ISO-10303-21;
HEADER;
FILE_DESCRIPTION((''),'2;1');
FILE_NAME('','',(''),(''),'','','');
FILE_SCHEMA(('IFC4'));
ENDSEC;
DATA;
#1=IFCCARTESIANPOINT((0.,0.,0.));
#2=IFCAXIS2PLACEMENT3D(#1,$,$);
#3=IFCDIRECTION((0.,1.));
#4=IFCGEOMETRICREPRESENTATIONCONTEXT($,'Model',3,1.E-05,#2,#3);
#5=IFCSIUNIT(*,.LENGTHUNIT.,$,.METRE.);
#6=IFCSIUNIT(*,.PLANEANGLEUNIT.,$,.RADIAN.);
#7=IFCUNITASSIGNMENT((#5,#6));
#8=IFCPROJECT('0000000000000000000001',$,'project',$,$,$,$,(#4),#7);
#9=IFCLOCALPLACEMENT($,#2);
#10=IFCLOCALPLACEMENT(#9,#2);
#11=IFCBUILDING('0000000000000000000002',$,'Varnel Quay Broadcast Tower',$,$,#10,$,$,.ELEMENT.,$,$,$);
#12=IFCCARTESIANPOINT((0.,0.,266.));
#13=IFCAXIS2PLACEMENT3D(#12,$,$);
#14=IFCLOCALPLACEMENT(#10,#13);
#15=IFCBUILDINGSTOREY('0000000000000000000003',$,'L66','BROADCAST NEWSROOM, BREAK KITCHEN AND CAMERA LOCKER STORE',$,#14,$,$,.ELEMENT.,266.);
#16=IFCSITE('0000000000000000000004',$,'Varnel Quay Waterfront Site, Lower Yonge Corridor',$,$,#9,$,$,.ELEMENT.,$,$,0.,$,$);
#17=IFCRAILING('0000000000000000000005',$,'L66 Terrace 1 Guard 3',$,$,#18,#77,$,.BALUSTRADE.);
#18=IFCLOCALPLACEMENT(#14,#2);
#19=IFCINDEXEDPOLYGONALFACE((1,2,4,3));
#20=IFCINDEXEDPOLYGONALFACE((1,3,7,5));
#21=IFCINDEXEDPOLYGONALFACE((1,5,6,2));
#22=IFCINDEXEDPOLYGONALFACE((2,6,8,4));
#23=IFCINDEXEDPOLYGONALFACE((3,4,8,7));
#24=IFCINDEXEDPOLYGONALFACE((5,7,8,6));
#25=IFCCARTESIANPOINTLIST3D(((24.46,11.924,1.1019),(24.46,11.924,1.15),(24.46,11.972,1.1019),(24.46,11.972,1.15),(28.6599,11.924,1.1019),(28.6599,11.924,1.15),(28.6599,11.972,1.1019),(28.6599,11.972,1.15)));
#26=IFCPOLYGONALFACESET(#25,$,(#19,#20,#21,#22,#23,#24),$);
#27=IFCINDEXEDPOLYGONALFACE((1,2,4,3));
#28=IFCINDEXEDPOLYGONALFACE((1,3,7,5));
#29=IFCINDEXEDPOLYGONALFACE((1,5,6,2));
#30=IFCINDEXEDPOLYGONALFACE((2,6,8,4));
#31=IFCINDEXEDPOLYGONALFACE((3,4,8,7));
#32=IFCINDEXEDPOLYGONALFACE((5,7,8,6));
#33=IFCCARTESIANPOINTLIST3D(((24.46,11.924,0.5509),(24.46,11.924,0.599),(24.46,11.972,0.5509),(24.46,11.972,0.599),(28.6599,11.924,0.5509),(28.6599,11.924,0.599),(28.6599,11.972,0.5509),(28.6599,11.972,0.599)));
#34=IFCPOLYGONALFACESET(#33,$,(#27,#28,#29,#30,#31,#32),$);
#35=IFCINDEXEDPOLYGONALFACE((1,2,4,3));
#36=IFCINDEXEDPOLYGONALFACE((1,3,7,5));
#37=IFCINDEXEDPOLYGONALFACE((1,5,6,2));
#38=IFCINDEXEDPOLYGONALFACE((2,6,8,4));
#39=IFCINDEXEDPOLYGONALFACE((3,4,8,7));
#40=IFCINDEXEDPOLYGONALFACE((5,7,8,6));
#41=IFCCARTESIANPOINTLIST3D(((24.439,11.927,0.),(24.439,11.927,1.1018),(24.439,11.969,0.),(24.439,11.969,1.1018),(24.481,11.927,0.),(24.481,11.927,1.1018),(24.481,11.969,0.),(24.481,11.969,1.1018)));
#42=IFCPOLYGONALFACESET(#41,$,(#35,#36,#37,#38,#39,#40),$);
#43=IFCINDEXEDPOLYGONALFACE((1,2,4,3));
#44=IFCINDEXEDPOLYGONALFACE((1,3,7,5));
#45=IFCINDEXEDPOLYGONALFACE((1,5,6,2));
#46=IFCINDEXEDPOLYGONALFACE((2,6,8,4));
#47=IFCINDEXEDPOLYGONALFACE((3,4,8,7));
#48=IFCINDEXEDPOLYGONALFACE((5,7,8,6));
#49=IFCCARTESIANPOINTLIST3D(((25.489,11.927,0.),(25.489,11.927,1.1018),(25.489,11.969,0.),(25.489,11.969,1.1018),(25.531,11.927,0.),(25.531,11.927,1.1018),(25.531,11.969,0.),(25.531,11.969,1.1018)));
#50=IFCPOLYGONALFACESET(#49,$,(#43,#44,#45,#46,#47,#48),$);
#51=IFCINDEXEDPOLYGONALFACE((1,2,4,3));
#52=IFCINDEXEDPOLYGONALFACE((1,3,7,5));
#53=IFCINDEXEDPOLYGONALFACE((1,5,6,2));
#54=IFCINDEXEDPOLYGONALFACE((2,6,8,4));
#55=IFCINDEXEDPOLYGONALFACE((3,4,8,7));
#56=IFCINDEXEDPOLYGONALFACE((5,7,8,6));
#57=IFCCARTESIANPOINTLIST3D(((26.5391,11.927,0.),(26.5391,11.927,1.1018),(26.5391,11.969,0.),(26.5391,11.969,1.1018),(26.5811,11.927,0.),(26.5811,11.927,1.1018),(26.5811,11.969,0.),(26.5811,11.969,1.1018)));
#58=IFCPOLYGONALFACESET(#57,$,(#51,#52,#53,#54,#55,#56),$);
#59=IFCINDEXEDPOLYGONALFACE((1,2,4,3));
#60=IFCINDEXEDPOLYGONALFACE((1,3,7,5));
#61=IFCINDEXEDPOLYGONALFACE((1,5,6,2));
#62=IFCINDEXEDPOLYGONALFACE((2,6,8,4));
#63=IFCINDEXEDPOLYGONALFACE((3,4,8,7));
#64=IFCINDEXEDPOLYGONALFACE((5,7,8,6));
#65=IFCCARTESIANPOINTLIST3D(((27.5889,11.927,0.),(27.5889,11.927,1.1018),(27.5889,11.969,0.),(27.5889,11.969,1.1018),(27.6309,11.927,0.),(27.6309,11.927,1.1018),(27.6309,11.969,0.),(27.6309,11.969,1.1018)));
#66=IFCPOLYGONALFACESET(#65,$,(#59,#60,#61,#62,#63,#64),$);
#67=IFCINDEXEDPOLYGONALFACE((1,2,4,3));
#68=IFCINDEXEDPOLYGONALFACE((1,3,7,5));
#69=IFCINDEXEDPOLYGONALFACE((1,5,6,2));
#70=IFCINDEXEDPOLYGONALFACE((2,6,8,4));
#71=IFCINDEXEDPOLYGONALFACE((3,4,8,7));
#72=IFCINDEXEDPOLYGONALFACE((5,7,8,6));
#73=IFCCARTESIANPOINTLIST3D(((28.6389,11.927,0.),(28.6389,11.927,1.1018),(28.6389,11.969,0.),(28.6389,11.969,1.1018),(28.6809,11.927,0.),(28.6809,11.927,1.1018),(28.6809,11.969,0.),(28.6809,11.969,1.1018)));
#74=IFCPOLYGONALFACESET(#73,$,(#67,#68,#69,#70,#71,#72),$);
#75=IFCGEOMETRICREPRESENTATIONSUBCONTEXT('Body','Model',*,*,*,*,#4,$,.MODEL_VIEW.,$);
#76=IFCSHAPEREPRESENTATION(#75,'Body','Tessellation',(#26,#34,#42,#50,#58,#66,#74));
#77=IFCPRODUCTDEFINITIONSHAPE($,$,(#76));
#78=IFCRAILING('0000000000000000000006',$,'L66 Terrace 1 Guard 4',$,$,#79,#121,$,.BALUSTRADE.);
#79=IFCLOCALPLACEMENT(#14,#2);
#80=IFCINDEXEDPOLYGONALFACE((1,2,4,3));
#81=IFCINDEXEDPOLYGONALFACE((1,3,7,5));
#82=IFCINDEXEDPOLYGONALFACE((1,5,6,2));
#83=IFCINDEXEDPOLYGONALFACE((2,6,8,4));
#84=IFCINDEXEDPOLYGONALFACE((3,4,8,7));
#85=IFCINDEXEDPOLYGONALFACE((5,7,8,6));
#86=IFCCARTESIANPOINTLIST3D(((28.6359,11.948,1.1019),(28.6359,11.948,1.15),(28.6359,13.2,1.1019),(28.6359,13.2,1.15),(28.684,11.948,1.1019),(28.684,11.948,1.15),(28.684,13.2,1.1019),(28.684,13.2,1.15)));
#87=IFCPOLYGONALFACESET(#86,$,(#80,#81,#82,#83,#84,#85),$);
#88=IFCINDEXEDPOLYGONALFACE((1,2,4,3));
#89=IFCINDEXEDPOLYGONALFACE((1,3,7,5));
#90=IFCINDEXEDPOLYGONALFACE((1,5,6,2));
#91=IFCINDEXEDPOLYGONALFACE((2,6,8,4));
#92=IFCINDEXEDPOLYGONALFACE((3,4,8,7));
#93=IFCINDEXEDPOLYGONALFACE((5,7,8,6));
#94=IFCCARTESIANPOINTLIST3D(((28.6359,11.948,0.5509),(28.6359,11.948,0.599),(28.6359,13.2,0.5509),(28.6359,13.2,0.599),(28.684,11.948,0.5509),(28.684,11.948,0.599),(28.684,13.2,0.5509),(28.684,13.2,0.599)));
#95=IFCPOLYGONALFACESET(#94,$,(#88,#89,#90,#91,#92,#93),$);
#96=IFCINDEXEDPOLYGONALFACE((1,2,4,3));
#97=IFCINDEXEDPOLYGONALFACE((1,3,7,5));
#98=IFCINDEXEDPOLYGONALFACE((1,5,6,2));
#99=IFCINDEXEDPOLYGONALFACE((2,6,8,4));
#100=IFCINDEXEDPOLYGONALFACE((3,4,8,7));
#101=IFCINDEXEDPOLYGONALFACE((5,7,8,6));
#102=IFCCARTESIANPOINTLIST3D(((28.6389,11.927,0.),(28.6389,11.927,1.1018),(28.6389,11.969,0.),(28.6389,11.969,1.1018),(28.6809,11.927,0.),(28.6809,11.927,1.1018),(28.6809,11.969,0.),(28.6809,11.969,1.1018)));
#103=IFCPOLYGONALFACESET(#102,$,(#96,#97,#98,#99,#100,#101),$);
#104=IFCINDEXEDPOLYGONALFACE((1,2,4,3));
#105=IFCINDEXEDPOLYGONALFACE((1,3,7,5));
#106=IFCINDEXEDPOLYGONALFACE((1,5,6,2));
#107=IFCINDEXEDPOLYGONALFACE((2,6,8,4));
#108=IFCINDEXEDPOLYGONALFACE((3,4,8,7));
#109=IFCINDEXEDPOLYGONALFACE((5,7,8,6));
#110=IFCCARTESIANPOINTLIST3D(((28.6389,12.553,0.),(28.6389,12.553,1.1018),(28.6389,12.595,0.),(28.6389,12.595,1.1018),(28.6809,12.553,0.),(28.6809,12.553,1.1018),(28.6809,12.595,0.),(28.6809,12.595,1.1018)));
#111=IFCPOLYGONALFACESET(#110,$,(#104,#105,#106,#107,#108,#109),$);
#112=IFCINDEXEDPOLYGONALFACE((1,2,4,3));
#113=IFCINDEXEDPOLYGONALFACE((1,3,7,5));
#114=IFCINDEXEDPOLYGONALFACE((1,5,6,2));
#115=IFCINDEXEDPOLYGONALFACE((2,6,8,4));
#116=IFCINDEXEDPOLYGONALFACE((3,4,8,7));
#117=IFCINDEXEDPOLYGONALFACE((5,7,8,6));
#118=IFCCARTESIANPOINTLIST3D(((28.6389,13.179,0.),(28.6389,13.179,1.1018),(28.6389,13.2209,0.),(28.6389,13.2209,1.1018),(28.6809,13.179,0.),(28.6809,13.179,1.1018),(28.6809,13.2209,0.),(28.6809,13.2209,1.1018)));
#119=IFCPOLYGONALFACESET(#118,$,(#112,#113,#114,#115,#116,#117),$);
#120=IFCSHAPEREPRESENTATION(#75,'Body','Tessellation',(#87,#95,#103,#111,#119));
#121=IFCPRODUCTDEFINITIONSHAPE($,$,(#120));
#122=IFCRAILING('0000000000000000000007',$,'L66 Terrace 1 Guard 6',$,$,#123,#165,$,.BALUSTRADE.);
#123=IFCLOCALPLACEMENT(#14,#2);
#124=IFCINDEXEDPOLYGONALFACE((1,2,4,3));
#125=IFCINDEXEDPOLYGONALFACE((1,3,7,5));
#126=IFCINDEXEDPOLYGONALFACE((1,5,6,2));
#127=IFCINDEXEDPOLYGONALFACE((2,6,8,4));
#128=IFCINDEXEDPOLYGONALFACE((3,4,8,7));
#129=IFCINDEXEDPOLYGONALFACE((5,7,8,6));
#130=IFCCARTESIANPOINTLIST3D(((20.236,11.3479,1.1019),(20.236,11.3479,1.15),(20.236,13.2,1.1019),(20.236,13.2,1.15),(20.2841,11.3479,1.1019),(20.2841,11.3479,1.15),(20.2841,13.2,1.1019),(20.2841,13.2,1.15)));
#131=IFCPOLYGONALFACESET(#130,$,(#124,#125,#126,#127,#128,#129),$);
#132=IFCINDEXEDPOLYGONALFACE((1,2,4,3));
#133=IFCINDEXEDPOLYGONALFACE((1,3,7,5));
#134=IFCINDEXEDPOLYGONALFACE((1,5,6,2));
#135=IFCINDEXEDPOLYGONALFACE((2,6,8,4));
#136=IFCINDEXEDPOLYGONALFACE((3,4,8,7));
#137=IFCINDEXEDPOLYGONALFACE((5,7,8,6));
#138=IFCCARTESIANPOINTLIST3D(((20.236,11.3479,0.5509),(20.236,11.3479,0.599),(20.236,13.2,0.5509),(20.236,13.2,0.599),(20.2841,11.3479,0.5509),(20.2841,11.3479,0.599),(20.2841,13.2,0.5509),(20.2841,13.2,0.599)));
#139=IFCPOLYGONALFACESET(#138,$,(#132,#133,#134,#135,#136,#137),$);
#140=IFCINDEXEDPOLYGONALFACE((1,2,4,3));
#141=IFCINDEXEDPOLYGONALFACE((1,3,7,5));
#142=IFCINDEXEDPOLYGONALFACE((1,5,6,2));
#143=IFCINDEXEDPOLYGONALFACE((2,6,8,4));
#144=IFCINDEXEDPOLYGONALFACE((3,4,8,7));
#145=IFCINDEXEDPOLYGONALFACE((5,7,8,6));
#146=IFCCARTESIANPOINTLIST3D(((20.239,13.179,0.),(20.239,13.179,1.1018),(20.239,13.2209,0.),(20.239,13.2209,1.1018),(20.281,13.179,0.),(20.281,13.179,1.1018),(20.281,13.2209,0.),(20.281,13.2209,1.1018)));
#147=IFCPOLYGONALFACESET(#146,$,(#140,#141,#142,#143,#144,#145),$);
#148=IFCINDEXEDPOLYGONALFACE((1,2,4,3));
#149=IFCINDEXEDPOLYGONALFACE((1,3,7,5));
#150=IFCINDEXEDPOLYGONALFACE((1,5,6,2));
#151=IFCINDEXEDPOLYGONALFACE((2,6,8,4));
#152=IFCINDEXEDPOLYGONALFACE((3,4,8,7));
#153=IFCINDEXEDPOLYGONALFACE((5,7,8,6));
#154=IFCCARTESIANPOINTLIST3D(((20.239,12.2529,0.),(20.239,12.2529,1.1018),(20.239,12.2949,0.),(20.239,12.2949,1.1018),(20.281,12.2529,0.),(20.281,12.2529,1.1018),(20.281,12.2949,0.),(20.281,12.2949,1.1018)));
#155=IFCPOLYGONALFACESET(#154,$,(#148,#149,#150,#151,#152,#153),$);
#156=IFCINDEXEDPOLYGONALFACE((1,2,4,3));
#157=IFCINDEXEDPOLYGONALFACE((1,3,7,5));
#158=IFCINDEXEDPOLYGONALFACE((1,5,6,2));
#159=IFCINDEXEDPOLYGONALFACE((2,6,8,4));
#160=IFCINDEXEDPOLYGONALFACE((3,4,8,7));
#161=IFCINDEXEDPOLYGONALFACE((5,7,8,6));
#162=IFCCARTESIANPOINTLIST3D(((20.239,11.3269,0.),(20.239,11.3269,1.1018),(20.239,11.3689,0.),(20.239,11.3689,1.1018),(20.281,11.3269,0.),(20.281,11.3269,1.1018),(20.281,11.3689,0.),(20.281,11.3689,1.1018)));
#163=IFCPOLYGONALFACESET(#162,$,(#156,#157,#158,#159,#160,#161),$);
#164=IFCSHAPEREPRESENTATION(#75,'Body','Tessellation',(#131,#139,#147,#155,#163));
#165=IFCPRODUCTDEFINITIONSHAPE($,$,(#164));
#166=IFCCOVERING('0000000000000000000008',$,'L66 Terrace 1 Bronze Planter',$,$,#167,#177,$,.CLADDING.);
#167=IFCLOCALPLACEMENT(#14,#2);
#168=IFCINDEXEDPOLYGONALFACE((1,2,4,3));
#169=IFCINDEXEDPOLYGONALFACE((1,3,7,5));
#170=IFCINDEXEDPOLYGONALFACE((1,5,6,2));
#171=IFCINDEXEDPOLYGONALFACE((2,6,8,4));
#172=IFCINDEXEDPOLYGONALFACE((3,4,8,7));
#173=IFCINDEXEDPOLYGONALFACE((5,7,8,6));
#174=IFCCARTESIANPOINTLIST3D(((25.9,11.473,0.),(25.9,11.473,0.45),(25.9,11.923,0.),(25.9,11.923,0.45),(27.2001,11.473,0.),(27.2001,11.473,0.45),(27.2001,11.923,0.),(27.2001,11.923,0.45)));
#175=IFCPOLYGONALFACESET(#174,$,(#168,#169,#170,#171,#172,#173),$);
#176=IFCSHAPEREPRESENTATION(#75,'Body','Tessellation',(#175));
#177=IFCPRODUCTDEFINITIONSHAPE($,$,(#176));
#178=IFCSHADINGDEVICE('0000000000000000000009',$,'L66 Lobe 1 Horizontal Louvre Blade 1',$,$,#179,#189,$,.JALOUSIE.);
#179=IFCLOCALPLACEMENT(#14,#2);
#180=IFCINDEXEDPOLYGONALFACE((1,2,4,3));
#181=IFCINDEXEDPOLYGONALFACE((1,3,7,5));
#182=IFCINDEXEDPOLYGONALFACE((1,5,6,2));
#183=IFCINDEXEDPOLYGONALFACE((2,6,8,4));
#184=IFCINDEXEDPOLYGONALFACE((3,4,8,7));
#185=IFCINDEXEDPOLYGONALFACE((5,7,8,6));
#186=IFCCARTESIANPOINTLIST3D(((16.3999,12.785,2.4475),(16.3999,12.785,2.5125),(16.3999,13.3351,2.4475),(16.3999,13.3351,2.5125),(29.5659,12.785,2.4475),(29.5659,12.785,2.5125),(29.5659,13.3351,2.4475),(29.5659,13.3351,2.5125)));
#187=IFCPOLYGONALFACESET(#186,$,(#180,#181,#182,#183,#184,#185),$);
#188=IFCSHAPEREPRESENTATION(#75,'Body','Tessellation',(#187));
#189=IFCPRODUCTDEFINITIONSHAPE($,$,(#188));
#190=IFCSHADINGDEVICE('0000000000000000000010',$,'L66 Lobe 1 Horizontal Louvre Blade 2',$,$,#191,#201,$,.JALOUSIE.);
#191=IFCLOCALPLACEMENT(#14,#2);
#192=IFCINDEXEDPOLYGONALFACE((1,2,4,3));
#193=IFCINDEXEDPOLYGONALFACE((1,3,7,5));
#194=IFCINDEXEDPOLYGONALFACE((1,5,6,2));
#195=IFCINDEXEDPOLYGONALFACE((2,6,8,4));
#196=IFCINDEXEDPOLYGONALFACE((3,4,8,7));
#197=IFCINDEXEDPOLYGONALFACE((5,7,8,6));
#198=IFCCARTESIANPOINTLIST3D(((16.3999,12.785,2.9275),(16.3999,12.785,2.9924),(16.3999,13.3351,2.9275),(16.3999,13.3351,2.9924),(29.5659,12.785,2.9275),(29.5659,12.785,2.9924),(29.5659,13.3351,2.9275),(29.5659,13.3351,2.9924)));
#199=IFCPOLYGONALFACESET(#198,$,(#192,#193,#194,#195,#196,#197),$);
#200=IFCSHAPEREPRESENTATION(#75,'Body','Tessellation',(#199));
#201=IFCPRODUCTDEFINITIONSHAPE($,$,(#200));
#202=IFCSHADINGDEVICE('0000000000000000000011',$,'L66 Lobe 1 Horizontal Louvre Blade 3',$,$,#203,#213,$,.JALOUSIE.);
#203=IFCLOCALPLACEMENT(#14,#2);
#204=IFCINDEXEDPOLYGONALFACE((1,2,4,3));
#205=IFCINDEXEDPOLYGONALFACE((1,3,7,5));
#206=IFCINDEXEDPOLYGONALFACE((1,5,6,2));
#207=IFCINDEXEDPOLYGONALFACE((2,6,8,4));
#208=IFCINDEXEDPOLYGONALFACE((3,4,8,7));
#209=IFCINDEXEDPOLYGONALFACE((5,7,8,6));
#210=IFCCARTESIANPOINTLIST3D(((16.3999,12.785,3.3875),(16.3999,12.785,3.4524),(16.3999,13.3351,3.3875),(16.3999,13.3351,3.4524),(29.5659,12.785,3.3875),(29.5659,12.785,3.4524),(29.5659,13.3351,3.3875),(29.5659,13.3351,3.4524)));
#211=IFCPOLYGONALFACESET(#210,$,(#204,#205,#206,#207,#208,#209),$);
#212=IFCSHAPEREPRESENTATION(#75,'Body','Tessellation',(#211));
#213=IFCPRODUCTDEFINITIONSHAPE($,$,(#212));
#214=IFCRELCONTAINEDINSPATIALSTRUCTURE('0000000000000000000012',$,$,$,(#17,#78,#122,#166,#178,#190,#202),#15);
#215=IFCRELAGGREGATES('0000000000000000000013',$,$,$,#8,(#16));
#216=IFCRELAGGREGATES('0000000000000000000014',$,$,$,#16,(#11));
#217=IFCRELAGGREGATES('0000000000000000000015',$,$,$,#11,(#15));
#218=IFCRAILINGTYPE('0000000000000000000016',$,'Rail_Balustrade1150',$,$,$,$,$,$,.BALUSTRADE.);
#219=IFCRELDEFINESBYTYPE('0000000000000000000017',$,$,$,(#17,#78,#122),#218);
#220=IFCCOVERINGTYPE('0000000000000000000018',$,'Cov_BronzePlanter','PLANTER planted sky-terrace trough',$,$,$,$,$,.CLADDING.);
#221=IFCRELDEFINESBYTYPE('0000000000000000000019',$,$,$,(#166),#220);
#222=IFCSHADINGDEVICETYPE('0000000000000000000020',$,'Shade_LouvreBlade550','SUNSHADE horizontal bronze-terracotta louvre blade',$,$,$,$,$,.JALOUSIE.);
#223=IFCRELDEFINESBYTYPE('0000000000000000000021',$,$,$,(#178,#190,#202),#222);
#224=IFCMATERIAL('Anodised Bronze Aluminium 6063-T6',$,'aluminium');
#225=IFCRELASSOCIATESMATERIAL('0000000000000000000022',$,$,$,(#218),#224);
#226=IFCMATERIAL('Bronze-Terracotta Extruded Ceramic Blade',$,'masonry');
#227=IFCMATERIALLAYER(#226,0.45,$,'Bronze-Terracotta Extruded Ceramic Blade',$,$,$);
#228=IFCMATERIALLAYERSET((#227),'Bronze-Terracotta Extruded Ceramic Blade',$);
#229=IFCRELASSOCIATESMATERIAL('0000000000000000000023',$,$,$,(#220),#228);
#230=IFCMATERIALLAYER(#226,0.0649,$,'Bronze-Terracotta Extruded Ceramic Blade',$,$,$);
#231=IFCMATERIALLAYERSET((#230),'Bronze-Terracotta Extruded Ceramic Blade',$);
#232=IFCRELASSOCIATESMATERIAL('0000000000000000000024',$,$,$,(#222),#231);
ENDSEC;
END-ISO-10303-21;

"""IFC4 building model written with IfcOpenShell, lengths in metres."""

from ifc_helpers import new_model, si_unit, direction, frame, origin, origin_2d, place, context, subcontext, project, spatial, rectangle, extrude, source, transform, mapped, material, layer, layer_set, type_object, type_shapes, element, save


model = new_model("IFC4")

# Units and contexts
model_context = context("Model", 3, precision=1e-05, world=origin(), true_north=direction((0.0, 1.0)))
body_context = subcontext(model_context, "Body", "Model", "MODEL_VIEW")
ifc_project = project(units=[si_unit("LENGTHUNIT", "METRE"), si_unit("PLANEANGLEUNIT", "RADIAN")], contexts=[model_context])

# Site, building, storey
site_placement = place(None, origin())
site = spatial("IfcSite", under=ifc_project, at=site_placement, Name="Varnel Quay Waterfront Site, Lower Yonge Corridor", CompositionType="ELEMENT", RefElevation=0.0)
building_placement = place(site_placement, origin())
building = spatial("IfcBuilding", under=site, at=building_placement, Name="Varnel Quay Broadcast Tower", CompositionType="ELEMENT")
storey_placement = place(building_placement, frame((0.0, 0.0, 266.0)))
storey = spatial("IfcBuildingStorey", under=building, at=storey_placement, Name="L66", Description="BROADCAST NEWSROOM, BREAK KITCHEN AND CAMERA LOCKER STORE", CompositionType="ELEMENT", Elevation=266.0)

# Shared definitions
ifc_material_1 = material(Name="Anodised Bronze Aluminium 6063-T6", Category="aluminium")

# Railings
railing_type = type_object("IfcRailingType", Name="Rail_Balustrade1150", PredefinedType="BALUSTRADE", material=ifc_material_1)
railing_1_placement = place(storey_placement, frame((24.46, 11.948, 0.0)))
element("IfcRailing", 1, at=railing_1_placement, inside=storey, type_object=railing_type, Name="L66 Terrace 1 Guard 3", PredefinedType="BALUSTRADE", context=body_context, shape_type="SweptSolid", body=[
    extrude(rectangle(XDim=0.0481, YDim=0.0481, at=origin_2d()), frame((0.0, 0.0, 1.126), z_axis=(1.0, 0.0, 0.0), x_axis=(0.0, 1.0, 0.0)), (0.0, 0.0, 1.0), 4.2),
    extrude(rectangle(XDim=0.0481, YDim=0.0481, at=origin_2d()), frame((0.0, 0.0, 0.575), z_axis=(1.0, 0.0, 0.0), x_axis=(0.0, 1.0, 0.0)), (0.0, 0.0, 1.0), 4.2),
    extrude(rectangle(XDim=0.042, YDim=0.042, at=origin_2d()), origin(), (0.0, 0.0, 1.0), 1.1018),
    extrude(rectangle(XDim=0.042, YDim=0.042, at=origin_2d()), frame((1.05, 0.0, 0.0)), (0.0, 0.0, 1.0), 1.1018),
    extrude(rectangle(XDim=0.042, YDim=0.042, at=origin_2d()), frame((2.1001, 0.0, 0.0)), (0.0, 0.0, 1.0), 1.1018),
    extrude(rectangle(XDim=0.042, YDim=0.042, at=origin_2d()), frame((3.1499, 0.0, 0.0)), (0.0, 0.0, 1.0), 1.1018),
    extrude(rectangle(XDim=0.042, YDim=0.042, at=origin_2d()), frame((4.2, 0.0, 0.0)), (0.0, 0.0, 1.0), 1.1018),
])
railing_2_placement = place(storey_placement, frame((28.6599, 11.948, 0.0)))
element("IfcRailing", 2, at=railing_2_placement, inside=storey, type_object=railing_type, Name="L66 Terrace 1 Guard 4", PredefinedType="BALUSTRADE", context=body_context, shape_type="SweptSolid", body=[
    extrude(rectangle(XDim=0.0481, YDim=0.0481, at=origin_2d()), frame((0.0, 0.0, 1.126), z_axis=(0.0, 1.0, 0.0), x_axis=(-1.0, 0.0, 0.0)), (0.0, 0.0, 1.0), 1.252),
    extrude(rectangle(XDim=0.0481, YDim=0.0481, at=origin_2d()), frame((0.0, 0.0, 0.575), z_axis=(0.0, 1.0, 0.0), x_axis=(-1.0, 0.0, 0.0)), (0.0, 0.0, 1.0), 1.252),
    extrude(rectangle(XDim=0.042, YDim=0.042, at=origin_2d()), origin(), (0.0, 0.0, 1.0), 1.1018),
    extrude(rectangle(XDim=0.042, YDim=0.042, at=origin_2d()), frame((0.0, 0.626, 0.0)), (0.0, 0.0, 1.0), 1.1018),
    extrude(rectangle(XDim=0.042, YDim=0.042, at=origin_2d()), frame((0.0, 1.252, 0.0)), (0.0, 0.0, 1.0), 1.1018),
])
railing_3_placement = place(storey_placement, frame((20.26, 13.2, 0.0)))
element("IfcRailing", 3, at=railing_3_placement, inside=storey, type_object=railing_type, Name="L66 Terrace 1 Guard 6", PredefinedType="BALUSTRADE", context=body_context, shape_type="SweptSolid", body=[
    extrude(rectangle(XDim=0.0481, YDim=0.0481, at=origin_2d()), frame((0.0, 0.0, 1.126), z_axis=(0.0, -1.0, 0.0), x_axis=(1.0, 0.0, 0.0)), (0.0, 0.0, 1.0), 1.8521),
    extrude(rectangle(XDim=0.0481, YDim=0.0481, at=origin_2d()), frame((0.0, 0.0, 0.575), z_axis=(0.0, -1.0, 0.0), x_axis=(1.0, 0.0, 0.0)), (0.0, 0.0, 1.0), 1.8521),
    extrude(rectangle(XDim=0.042, YDim=0.042, at=origin_2d()), origin(), (0.0, 0.0, 1.0), 1.1018),
    extrude(rectangle(XDim=0.042, YDim=0.042, at=origin_2d()), frame((0.0, -0.926, 0.0)), (0.0, 0.0, 1.0), 1.1018),
    extrude(rectangle(XDim=0.042, YDim=0.042, at=origin_2d()), frame((0.0, -1.8521, 0.0)), (0.0, 0.0, 1.0), 1.1018),
])

# Covering
ifc_material_2 = material(Name="Bronze-Terracotta Extruded Ceramic Blade", Category="masonry")
ifc_layer_1 = layer(ifc_material_2, 0.45, Name="Bronze-Terracotta Extruded Ceramic Blade")
ifc_layer_set_1 = layer_set([ifc_layer_1], Name="Bronze-Terracotta Extruded Ceramic Blade")
covering_type = type_object("IfcCoveringType", Name="Cov_BronzePlanter", Description="PLANTER planted sky-terrace trough", PredefinedType="CLADDING", material=ifc_layer_set_1)
shared_shape_1 = source(origin(), body_context, "Body", "SweptSolid", [
    extrude(rectangle(XDim=1.3, YDim=0.45, at=origin_2d()), origin(), (0.0, 0.0, 1.0), 0.45),
])
type_shapes(covering_type, [shared_shape_1])
covering_placement = place(storey_placement, frame((26.55, 11.698, 0.0), z_axis=(0.0, 0.0, 1.0), x_axis=(1.0, 0.0, 0.0)))
element("IfcCovering", 4, at=covering_placement, inside=storey, type_object=covering_type, Name="L66 Terrace 1 Bronze Planter", PredefinedType="CLADDING", context=body_context, shape_type="MappedRepresentation", body=[
    mapped(shared_shape_1, transform((0.0, 0.0, 0.0), x_axis=(1.0, 0.0, 0.0), y_axis=(0.0, 1.0, 0.0), z_axis=(0.0, 0.0, 1.0), scale=1.0)),
])

# Shading devices
ifc_layer_2 = layer(ifc_material_2, 0.0649, Name="Bronze-Terracotta Extruded Ceramic Blade")
ifc_layer_set_2 = layer_set([ifc_layer_2], Name="Bronze-Terracotta Extruded Ceramic Blade")
shading_device_type = type_object("IfcShadingDeviceType", Name="Shade_LouvreBlade550", Description="SUNSHADE horizontal bronze-terracotta louvre blade", PredefinedType="JALOUSIE", material=ifc_layer_set_2)
shared_shape_2 = source(origin(), body_context, "Body", "SweptSolid", [
    extrude(rectangle(XDim=13.166, YDim=0.55, at=origin_2d()), origin(), (0.0, 0.0, 1.0), 0.0649),
])
type_shapes(shading_device_type, [shared_shape_2])
for number, where, z_axis, x_axis, name in (
    (5, (22.9829, 13.0601, 2.4475), (0.0, 0.0, 1.0), (1.0, 0.0, 0.0), "L66 Lobe 1 Horizontal Louvre Blade 1"),
    (6, (22.9829, 13.0601, 2.9275), (0.0, 0.0, 1.0), (1.0, 0.0, 0.0), "L66 Lobe 1 Horizontal Louvre Blade 2"),
    (7, (22.9829, 13.0601, 3.3875), (0.0, 0.0, 1.0), (1.0, 0.0, 0.0), "L66 Lobe 1 Horizontal Louvre Blade 3"),
):
    element("IfcShadingDevice", number, at=place(storey_placement, frame(where, z_axis=z_axis, x_axis=x_axis)), inside=storey, type_object=shading_device_type, Name=name, PredefinedType="JALOUSIE", context=body_context, shape_type="MappedRepresentation", body=[
        mapped(shared_shape_2, transform((0.0, 0.0, 0.0), x_axis=(1.0, 0.0, 0.0), y_axis=(0.0, 1.0, 0.0), z_axis=(0.0, 0.0, 1.0), scale=1.0)),
    ])

save(model, "model.ifc")
